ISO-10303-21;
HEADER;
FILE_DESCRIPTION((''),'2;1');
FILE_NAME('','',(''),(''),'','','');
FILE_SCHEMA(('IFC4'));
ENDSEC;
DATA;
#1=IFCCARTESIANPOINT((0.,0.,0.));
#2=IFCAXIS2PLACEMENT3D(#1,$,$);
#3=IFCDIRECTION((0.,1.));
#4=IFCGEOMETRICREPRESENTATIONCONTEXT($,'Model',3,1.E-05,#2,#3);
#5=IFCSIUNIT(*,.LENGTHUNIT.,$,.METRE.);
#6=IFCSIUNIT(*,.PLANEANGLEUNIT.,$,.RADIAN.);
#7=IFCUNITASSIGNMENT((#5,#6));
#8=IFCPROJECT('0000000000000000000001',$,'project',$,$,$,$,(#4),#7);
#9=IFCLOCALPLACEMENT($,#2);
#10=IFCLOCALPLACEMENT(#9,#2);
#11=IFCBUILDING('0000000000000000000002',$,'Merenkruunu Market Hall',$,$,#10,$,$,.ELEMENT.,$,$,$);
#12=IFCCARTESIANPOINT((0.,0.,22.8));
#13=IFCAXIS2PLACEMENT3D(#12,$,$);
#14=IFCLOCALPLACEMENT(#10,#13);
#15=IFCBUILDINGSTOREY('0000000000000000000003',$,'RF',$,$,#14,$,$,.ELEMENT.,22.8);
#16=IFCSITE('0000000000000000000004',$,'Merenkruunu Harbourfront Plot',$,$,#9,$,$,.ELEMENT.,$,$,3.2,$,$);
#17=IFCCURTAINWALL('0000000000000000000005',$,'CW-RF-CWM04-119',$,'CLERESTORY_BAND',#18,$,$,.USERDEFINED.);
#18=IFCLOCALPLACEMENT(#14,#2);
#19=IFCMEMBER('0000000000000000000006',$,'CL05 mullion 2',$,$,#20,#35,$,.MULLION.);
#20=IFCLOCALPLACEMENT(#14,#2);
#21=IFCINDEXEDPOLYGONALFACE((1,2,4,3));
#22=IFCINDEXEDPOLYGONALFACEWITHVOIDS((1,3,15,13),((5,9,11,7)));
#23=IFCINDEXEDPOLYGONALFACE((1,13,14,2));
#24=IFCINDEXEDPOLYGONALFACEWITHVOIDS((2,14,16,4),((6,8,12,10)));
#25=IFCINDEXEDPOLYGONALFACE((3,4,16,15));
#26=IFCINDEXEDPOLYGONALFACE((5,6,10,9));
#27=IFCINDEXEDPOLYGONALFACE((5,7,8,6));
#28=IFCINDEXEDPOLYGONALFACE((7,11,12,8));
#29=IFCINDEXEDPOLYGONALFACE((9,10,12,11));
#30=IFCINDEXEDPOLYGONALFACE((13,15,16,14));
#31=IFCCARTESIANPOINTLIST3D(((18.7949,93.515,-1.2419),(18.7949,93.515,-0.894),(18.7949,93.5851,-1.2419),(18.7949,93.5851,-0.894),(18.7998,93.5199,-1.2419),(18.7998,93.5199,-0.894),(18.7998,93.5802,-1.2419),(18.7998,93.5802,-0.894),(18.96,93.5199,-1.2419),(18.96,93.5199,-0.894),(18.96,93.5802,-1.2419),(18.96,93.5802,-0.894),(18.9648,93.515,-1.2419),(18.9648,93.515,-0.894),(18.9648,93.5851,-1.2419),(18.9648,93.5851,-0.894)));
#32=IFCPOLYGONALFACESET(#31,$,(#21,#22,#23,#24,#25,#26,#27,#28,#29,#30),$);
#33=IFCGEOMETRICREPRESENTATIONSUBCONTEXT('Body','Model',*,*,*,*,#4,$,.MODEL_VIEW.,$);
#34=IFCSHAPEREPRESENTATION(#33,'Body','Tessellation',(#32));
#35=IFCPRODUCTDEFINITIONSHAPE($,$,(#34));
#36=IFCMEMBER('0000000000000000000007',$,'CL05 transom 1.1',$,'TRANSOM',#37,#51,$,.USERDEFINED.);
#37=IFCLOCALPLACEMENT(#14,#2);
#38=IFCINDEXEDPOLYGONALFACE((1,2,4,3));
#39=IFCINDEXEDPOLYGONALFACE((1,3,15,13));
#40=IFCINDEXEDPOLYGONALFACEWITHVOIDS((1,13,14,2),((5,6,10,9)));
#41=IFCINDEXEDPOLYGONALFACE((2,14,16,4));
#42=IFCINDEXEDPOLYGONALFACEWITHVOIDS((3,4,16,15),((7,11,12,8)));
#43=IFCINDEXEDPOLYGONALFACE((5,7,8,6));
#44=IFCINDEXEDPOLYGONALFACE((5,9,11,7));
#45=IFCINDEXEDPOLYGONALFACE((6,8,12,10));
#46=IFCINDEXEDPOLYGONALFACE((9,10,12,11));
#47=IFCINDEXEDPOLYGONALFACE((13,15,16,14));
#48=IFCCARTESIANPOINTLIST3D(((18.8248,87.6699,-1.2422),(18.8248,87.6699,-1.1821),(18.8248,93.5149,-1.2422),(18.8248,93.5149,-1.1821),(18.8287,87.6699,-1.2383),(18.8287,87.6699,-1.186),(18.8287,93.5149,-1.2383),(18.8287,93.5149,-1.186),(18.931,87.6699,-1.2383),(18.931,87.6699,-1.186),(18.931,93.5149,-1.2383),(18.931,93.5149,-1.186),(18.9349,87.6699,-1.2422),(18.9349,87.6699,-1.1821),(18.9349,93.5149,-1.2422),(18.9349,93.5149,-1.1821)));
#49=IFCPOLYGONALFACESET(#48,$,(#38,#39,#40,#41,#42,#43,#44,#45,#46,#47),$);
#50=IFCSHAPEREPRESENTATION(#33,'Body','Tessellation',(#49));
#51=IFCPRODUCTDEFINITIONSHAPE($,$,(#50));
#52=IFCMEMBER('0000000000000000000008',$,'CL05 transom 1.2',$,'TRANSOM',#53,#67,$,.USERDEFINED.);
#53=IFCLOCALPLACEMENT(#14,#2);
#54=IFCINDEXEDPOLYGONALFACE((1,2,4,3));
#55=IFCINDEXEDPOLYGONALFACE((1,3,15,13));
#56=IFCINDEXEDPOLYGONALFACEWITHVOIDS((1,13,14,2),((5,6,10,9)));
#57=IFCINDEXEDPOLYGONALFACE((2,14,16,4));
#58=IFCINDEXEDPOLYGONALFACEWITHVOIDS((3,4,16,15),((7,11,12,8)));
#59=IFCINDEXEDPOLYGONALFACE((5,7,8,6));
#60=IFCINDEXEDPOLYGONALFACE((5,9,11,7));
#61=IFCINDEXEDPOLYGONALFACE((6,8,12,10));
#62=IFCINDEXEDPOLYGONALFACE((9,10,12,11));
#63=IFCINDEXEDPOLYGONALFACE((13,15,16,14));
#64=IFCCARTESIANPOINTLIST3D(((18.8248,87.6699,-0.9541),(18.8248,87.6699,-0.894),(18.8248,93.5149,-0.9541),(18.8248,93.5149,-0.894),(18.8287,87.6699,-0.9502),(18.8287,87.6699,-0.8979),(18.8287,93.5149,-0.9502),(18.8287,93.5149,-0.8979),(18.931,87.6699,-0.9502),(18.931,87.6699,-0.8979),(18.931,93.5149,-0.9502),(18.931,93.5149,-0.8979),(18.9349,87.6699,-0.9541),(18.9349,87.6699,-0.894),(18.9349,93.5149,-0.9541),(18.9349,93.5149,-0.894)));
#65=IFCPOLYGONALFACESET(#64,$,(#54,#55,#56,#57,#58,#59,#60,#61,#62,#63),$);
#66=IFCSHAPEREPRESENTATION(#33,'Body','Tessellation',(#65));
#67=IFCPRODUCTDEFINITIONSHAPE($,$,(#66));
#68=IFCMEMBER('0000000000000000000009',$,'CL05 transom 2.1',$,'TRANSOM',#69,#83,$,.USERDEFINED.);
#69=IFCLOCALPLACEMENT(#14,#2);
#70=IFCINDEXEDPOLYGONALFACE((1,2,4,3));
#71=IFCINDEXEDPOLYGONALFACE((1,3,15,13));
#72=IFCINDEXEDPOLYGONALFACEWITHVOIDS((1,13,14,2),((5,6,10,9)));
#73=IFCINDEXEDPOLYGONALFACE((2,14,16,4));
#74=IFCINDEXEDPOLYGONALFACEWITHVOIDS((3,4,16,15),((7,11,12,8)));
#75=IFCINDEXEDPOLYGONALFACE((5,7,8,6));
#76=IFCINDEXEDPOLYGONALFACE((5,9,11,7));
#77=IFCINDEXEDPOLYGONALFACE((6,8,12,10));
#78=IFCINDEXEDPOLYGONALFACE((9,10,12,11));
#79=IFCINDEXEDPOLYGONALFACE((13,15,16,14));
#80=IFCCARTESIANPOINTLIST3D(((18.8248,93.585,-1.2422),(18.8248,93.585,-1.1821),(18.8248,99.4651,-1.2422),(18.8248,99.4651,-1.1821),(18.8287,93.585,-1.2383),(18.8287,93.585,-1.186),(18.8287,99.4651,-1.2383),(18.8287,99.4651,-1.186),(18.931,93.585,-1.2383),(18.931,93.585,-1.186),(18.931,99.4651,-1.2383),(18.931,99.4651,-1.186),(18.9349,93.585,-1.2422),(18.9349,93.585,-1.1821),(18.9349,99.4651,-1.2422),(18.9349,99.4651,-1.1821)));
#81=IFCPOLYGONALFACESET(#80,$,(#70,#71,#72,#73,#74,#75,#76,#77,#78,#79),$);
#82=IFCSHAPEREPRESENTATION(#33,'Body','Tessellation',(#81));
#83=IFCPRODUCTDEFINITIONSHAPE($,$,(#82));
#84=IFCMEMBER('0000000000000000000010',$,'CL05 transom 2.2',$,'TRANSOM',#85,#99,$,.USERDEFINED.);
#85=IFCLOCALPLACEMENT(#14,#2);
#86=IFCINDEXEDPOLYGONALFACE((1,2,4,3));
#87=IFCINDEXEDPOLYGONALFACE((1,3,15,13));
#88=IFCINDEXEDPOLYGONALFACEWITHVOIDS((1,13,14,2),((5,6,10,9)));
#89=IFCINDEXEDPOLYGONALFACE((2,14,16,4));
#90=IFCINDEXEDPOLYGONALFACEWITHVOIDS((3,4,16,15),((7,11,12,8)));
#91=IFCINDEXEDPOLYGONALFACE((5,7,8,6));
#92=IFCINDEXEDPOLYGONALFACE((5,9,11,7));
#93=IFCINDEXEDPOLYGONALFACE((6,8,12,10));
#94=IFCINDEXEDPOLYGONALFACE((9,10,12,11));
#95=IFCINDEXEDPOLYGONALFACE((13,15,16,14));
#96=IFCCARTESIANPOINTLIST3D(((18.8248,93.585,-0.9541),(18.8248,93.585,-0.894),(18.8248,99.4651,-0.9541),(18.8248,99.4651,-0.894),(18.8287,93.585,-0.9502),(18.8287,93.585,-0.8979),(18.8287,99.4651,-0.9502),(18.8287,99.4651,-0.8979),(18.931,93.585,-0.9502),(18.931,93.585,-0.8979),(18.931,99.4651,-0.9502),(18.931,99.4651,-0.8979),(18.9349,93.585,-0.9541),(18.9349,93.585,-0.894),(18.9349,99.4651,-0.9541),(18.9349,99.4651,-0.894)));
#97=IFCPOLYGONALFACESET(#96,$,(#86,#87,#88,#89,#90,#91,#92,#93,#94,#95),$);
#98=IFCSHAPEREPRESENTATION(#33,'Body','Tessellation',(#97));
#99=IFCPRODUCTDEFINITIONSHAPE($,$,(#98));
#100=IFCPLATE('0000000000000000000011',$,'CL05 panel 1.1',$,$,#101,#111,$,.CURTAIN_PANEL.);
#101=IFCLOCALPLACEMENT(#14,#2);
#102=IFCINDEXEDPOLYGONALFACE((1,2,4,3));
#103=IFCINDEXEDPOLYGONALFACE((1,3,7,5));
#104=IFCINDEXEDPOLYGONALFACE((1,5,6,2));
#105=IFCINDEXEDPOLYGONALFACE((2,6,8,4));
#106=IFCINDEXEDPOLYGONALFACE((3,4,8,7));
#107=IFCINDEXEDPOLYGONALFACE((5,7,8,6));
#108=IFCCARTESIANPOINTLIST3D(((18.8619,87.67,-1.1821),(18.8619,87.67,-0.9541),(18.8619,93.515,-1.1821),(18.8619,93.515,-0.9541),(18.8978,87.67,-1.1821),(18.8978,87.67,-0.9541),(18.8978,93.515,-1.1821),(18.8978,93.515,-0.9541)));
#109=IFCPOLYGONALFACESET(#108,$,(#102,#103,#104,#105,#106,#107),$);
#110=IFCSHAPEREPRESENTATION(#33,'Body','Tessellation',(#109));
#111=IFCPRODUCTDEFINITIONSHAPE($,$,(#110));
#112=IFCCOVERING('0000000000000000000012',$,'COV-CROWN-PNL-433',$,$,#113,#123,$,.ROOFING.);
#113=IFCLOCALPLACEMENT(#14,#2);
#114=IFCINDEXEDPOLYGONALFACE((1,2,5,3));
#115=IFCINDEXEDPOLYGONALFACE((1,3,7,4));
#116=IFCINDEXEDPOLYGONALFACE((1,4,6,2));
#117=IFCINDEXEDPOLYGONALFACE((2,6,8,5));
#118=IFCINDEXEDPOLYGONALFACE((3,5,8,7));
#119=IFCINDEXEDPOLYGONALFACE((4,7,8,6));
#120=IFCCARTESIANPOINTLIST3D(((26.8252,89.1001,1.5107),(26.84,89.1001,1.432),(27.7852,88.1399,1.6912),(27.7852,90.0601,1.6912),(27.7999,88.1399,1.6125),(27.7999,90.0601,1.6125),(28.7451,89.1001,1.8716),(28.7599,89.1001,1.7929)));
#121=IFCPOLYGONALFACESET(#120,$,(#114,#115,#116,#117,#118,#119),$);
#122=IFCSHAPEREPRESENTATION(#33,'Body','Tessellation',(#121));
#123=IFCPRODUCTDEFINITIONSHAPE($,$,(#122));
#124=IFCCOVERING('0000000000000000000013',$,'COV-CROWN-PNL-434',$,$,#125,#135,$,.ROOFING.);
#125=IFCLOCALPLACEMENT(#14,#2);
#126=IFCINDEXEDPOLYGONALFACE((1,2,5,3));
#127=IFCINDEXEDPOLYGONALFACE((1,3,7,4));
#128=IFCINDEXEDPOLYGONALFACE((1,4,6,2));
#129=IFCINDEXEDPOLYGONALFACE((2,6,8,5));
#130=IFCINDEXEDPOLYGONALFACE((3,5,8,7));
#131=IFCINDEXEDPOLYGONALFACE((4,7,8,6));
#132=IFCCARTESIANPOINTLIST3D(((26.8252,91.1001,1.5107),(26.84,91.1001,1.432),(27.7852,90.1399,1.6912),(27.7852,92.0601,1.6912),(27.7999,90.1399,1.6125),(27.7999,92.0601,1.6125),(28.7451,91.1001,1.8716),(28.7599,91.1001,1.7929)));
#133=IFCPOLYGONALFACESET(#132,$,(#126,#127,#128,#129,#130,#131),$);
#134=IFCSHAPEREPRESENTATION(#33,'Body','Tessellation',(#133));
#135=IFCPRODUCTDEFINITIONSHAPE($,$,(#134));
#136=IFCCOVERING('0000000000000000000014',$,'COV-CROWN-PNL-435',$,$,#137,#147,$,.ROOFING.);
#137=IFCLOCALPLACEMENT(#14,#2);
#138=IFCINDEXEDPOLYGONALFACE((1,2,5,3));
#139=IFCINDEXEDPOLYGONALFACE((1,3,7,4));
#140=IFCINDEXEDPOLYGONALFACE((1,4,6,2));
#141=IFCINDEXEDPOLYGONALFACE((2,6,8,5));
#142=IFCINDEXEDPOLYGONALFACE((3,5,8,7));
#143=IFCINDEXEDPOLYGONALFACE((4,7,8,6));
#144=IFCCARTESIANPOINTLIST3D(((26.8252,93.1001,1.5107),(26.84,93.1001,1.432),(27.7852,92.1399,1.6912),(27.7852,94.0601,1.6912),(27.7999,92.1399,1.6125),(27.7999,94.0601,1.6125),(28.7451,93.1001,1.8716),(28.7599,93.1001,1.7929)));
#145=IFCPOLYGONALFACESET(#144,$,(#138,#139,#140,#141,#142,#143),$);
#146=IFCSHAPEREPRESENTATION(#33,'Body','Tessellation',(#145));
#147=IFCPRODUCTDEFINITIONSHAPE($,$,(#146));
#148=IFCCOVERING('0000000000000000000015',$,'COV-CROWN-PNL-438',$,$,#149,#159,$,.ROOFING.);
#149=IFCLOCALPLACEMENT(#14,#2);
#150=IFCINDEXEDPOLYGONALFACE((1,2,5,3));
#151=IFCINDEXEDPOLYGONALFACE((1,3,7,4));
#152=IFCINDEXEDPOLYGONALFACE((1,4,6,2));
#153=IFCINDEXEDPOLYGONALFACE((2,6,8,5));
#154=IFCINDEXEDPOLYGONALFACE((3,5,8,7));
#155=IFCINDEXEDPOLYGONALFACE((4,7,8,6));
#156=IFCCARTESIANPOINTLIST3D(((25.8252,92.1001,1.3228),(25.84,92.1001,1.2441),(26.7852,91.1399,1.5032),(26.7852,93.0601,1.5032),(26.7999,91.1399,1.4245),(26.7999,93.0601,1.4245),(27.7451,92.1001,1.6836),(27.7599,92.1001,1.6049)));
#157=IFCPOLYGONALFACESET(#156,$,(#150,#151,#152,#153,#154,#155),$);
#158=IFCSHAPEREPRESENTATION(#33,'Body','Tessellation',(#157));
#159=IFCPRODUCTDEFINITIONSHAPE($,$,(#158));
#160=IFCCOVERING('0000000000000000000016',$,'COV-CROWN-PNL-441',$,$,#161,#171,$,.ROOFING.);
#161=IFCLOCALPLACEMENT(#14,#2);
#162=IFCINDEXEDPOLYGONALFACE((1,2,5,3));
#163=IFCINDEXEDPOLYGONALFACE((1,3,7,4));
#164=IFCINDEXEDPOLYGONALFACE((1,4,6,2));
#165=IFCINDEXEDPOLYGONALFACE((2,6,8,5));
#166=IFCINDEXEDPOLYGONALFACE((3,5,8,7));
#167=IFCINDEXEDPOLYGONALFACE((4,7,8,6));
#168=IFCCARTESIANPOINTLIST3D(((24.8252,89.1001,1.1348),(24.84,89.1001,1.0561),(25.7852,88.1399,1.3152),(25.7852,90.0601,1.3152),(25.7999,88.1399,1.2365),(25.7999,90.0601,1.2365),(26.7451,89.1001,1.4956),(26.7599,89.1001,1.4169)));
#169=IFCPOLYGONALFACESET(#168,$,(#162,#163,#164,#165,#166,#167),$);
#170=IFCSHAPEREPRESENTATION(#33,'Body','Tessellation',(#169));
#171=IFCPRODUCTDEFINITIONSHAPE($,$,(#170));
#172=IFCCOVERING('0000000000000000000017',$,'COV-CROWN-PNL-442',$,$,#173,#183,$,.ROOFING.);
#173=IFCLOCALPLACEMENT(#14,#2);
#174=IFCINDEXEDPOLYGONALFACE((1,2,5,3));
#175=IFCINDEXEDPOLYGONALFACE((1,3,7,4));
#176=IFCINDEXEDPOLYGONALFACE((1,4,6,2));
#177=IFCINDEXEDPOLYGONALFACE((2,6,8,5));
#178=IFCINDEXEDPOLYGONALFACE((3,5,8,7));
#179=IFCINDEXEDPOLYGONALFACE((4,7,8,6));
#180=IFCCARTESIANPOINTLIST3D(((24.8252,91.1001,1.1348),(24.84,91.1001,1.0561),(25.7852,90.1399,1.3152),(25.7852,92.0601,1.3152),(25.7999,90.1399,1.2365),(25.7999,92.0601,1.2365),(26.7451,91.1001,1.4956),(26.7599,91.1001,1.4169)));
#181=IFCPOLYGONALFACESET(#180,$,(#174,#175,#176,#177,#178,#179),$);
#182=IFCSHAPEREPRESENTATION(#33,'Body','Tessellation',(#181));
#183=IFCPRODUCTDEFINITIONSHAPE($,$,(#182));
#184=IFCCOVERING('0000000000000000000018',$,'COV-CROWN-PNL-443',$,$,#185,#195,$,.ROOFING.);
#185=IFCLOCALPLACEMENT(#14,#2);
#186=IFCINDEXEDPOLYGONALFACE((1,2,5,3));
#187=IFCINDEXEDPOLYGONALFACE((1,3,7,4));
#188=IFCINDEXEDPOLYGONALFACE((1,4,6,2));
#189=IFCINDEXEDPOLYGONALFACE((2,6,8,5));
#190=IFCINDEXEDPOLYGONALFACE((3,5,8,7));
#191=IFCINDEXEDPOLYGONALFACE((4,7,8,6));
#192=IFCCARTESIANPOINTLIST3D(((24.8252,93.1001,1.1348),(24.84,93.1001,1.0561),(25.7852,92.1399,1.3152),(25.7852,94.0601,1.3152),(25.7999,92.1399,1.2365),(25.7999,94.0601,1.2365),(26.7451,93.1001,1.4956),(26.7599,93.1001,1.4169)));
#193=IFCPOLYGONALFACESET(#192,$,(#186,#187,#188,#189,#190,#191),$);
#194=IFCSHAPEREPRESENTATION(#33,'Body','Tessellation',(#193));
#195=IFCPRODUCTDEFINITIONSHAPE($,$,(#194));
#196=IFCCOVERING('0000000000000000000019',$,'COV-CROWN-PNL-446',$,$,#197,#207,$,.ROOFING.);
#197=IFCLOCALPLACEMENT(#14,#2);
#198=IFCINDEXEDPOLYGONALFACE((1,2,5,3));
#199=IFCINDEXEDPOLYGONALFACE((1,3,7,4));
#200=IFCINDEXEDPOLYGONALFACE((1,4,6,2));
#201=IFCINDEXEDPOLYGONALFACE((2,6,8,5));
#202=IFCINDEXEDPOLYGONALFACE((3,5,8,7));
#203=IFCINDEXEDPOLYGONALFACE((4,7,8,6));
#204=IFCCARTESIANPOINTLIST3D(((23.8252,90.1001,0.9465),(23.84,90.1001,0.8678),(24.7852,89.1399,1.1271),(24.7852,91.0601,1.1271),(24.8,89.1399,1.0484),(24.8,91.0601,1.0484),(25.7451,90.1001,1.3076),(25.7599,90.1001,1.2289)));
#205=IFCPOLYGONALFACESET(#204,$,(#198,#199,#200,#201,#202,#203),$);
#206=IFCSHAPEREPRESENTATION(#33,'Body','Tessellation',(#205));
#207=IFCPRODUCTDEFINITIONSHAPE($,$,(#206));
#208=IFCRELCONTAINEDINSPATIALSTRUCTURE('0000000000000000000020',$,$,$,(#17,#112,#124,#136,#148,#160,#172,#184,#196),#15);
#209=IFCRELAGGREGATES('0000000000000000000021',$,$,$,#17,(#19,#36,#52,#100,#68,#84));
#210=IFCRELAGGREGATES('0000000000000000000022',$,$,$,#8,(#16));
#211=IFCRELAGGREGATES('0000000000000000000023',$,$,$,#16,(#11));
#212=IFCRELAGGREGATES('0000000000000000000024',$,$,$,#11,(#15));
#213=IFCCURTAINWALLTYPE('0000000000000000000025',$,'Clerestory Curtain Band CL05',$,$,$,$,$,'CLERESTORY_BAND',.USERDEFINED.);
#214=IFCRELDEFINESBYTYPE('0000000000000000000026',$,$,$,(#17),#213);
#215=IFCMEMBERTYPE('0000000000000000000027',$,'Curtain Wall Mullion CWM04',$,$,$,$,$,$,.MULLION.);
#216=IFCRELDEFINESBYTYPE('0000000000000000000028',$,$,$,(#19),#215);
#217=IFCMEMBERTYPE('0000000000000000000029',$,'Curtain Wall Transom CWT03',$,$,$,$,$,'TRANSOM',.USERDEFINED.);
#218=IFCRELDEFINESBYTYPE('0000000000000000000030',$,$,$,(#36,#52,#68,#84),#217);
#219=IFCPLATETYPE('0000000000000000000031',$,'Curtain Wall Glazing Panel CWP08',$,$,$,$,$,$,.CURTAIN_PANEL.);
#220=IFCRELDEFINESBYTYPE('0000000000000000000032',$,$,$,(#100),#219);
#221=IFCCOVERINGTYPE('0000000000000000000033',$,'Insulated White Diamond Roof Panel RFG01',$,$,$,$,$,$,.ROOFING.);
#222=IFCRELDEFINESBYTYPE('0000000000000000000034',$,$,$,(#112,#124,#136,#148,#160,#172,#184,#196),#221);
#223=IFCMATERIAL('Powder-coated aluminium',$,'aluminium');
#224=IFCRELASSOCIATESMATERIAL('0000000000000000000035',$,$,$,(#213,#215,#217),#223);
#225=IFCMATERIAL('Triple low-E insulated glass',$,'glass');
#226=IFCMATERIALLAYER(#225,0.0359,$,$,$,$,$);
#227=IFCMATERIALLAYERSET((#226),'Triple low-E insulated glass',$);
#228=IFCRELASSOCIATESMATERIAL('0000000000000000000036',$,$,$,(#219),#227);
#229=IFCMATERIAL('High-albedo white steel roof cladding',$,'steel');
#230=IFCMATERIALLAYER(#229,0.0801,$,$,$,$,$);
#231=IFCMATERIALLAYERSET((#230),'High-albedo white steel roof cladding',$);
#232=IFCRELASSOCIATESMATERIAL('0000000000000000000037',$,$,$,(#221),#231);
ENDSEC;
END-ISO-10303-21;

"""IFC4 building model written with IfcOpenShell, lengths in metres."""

from ifc_helpers import new_model, si_unit, direction, frame, origin, origin_2d, place, context, subcontext, project, spatial, polyline, rectangle, hollow_rectangle, outline, extrude, material, layer, layer_set, material_profile, profile_set, type_object, element, aggregate, save


model = new_model("IFC4")

# Units and contexts
model_context = context("Model", 3, precision=1e-05, world=origin(), true_north=direction((0.0, 1.0)))
body_context = subcontext(model_context, "Body", "Model", "MODEL_VIEW")
ifc_project = project(units=[si_unit("LENGTHUNIT", "METRE"), si_unit("PLANEANGLEUNIT", "RADIAN")], contexts=[model_context])

# Site, building, storey
site_placement = place(None, origin())
site = spatial("IfcSite", under=ifc_project, at=site_placement, Name="Merenkruunu Harbourfront Plot", CompositionType="ELEMENT", RefElevation=3.2)
building_placement = place(site_placement, origin())
building = spatial("IfcBuilding", under=site, at=building_placement, Name="Merenkruunu Market Hall", CompositionType="ELEMENT")
storey_placement = place(building_placement, frame((0.0, 0.0, 22.8)))
storey = spatial("IfcBuildingStorey", under=building, at=storey_placement, Name="RF", CompositionType="ELEMENT", Elevation=22.8)

# Curtain wall, members, plate
ifc_material_1 = material(Name="Powder-coated aluminium", Category="aluminium")
curtain_wall_type = type_object("IfcCurtainWallType", Name="Clerestory Curtain Band CL05", ElementType="CLERESTORY_BAND", PredefinedType="USERDEFINED", material=ifc_material_1)
curtain_wall_placement = place(storey_placement, origin())
curtain_wall = element("IfcCurtainWall", 1, at=curtain_wall_placement, inside=storey, type_object=curtain_wall_type, Name="CW-RF-CWM04-119", ObjectType="CLERESTORY_BAND", PredefinedType="USERDEFINED")
ifc_material_profile_1 = material_profile(ifc_material_1, hollow_rectangle(XDim=0.0701, YDim=0.1699, WallThickness=0.0049, at=origin_2d()), Name="ALU 70x170x5")
ifc_profile_set_1 = profile_set([ifc_material_profile_1], Name="Powder-coated aluminium")
member_type_1 = type_object("IfcMemberType", Name="Curtain Wall Mullion CWM04", PredefinedType="MULLION", material=ifc_profile_set_1)
member_1_placement = place(storey_placement, frame((18.8799, 93.55, -1.2419), z_axis=(0.0, 0.0, 1.0), x_axis=(0.0, 1.0, 0.0)))
member_1 = element("IfcMember", 2, at=member_1_placement, type_object=member_type_1, Name="CL05 mullion 2", PredefinedType="MULLION", context=body_context, shape_type="SweptSolid", body=[
    extrude(hollow_rectangle(XDim=0.0701, YDim=0.1699, WallThickness=0.0049, at=origin_2d()), origin(), (0.0, 0.0, 1.0), 0.3479),
])
ifc_material_profile_2 = material_profile(ifc_material_1, hollow_rectangle(XDim=0.0601, YDim=0.1101, WallThickness=0.0039, at=origin_2d()), Name="ALU 60x110x4")
ifc_profile_set_2 = profile_set([ifc_material_profile_2], Name="Powder-coated aluminium")
member_type_2 = type_object("IfcMemberType", Name="Curtain Wall Transom CWT03", ElementType="TRANSOM", PredefinedType="USERDEFINED", material=ifc_profile_set_2)
member_2_placement = place(storey_placement, frame((18.8799, 87.6699, -1.2122), z_axis=(0.0, 1.0, 0.0), x_axis=(0.0, 0.0, 1.0)))
member_2 = element("IfcMember", 3, at=member_2_placement, type_object=member_type_2, Name="CL05 transom 1.1", ObjectType="TRANSOM", PredefinedType="USERDEFINED", context=body_context, shape_type="SweptSolid", body=[
    extrude(hollow_rectangle(XDim=0.0601, YDim=0.1101, WallThickness=0.0039, at=origin_2d()), origin(), (0.0, 0.0, 1.0), 5.845),
])
member_3_placement = place(storey_placement, frame((18.8799, 87.6699, -0.9241), z_axis=(0.0, 1.0, 0.0), x_axis=(0.0, 0.0, 1.0)))
member_3 = element("IfcMember", 4, at=member_3_placement, type_object=member_type_2, Name="CL05 transom 1.2", ObjectType="TRANSOM", PredefinedType="USERDEFINED", context=body_context, shape_type="SweptSolid", body=[
    extrude(hollow_rectangle(XDim=0.0601, YDim=0.1101, WallThickness=0.0039, at=origin_2d()), origin(), (0.0, 0.0, 1.0), 5.845),
])
member_4_placement = place(storey_placement, frame((18.8799, 93.585, -1.2122), z_axis=(0.0, 1.0, 0.0), x_axis=(0.0, 0.0, 1.0)))
member_4 = element("IfcMember", 5, at=member_4_placement, type_object=member_type_2, Name="CL05 transom 2.1", ObjectType="TRANSOM", PredefinedType="USERDEFINED", context=body_context, shape_type="SweptSolid", body=[
    extrude(hollow_rectangle(XDim=0.0601, YDim=0.1101, WallThickness=0.0039, at=origin_2d()), origin(), (0.0, 0.0, 1.0), 5.8801),
])
member_5_placement = place(storey_placement, frame((18.8799, 93.585, -0.9241), z_axis=(0.0, 1.0, 0.0), x_axis=(0.0, 0.0, 1.0)))
member_5 = element("IfcMember", 6, at=member_5_placement, type_object=member_type_2, Name="CL05 transom 2.2", ObjectType="TRANSOM", PredefinedType="USERDEFINED", context=body_context, shape_type="SweptSolid", body=[
    extrude(hollow_rectangle(XDim=0.0601, YDim=0.1101, WallThickness=0.0039, at=origin_2d()), origin(), (0.0, 0.0, 1.0), 5.8801),
])
ifc_material_2 = material(Name="Triple low-E insulated glass", Category="glass")
ifc_layer_1 = layer(ifc_material_2, 0.0359)
ifc_layer_set_1 = layer_set([ifc_layer_1], Name="Triple low-E insulated glass")
plate_type = type_object("IfcPlateType", Name="Curtain Wall Glazing Panel CWP08", PredefinedType="CURTAIN_PANEL", material=ifc_layer_set_1)
plate_placement = place(storey_placement, frame((18.8799, 90.5925, -1.1821), z_axis=(0.0, 0.0, 1.0), x_axis=(0.0, 1.0, 0.0)))
plate = element("IfcPlate", 7, at=plate_placement, type_object=plate_type, Name="CL05 panel 1.1", PredefinedType="CURTAIN_PANEL", context=body_context, shape_type="SweptSolid", body=[
    extrude(rectangle(XDim=5.845, YDim=0.0359, at=origin_2d()), origin(), (0.0, 0.0, 1.0), 0.228),
])
aggregate(curtain_wall, [member_1, member_2, member_3, plate, member_4, member_5])

# Coverings
ifc_material_3 = material(Name="High-albedo white steel roof cladding", Category="steel")
ifc_layer_2 = layer(ifc_material_3, 0.0801)
ifc_layer_set_2 = layer_set([ifc_layer_2], Name="High-albedo white steel roof cladding")
covering_type = type_object("IfcCoveringType", Name="Insulated White Diamond Roof Panel RFG01", PredefinedType="ROOFING", material=ifc_layer_set_2)
for number, where, z_axis, x_axis, name in (
    (8, (26.8252, 89.1001, 1.5107), (-0.184711, 0.0, 0.982793), (0.700856, -0.701035, 0.131722), "COV-CROWN-PNL-433"),
    (9, (26.8252, 91.1001, 1.5107), (-0.184711, 0.0, 0.982793), (0.700856, -0.701035, 0.131722), "COV-CROWN-PNL-434"),
    (10, (26.8252, 93.1001, 1.5107), (-0.184711, 0.0, 0.982793), (0.700856, -0.701035, 0.131722), "COV-CROWN-PNL-435"),
    (11, (25.8252, 92.1001, 1.3228), (-0.184711, 0.0, 0.982793), (0.700856, -0.701035, 0.131722), "COV-CROWN-PNL-438"),
    (12, (24.8252, 89.1001, 1.1348), (-0.184711, 0.0, 0.982793), (0.700856, -0.701035, 0.131722), "COV-CROWN-PNL-441"),
    (13, (24.8252, 91.1001, 1.1348), (-0.184711, 0.0, 0.982793), (0.700856, -0.701035, 0.131722), "COV-CROWN-PNL-442"),
    (14, (24.8252, 93.1001, 1.1348), (-0.184711, 0.0, 0.982793), (0.700856, -0.701035, 0.131722), "COV-CROWN-PNL-443"),
):
    element("IfcCovering", number, at=place(storey_placement, frame(where, z_axis=z_axis, x_axis=x_axis)), inside=storey, type_object=covering_type, Name=name, PredefinedType="ROOFING", context=body_context, shape_type="SweptSolid", body=[
        extrude(outline(polyline([(0.0, 0.0), (1.3697, 0.0), (1.3931, 1.3695), (0.0236, 1.3693), (0.0, 0.0)])), origin(), (0.0, 0.0, -1.0), 0.0801),
    ])
for number, where, z_axis, x_axis, name in (
    (15, (23.8252, 90.1001, 0.9465), (-0.184832, 0.0, 0.98277), (0.700856, -0.701018, 0.131812), "COV-CROWN-PNL-446"),
):
    element("IfcCovering", number, at=place(storey_placement, frame(where, z_axis=z_axis, x_axis=x_axis)), inside=storey, type_object=covering_type, Name=name, PredefinedType="ROOFING", context=body_context, shape_type="SweptSolid", body=[
        extrude(outline(polyline([(0.0, 0.0), (1.3697, 0.0), (1.3932, 1.3695), (0.0237, 1.3694), (0.0, 0.0)])), origin(), (0.0, 0.0, -1.0), 0.0801),
    ])

save(model, "model.ifc")
